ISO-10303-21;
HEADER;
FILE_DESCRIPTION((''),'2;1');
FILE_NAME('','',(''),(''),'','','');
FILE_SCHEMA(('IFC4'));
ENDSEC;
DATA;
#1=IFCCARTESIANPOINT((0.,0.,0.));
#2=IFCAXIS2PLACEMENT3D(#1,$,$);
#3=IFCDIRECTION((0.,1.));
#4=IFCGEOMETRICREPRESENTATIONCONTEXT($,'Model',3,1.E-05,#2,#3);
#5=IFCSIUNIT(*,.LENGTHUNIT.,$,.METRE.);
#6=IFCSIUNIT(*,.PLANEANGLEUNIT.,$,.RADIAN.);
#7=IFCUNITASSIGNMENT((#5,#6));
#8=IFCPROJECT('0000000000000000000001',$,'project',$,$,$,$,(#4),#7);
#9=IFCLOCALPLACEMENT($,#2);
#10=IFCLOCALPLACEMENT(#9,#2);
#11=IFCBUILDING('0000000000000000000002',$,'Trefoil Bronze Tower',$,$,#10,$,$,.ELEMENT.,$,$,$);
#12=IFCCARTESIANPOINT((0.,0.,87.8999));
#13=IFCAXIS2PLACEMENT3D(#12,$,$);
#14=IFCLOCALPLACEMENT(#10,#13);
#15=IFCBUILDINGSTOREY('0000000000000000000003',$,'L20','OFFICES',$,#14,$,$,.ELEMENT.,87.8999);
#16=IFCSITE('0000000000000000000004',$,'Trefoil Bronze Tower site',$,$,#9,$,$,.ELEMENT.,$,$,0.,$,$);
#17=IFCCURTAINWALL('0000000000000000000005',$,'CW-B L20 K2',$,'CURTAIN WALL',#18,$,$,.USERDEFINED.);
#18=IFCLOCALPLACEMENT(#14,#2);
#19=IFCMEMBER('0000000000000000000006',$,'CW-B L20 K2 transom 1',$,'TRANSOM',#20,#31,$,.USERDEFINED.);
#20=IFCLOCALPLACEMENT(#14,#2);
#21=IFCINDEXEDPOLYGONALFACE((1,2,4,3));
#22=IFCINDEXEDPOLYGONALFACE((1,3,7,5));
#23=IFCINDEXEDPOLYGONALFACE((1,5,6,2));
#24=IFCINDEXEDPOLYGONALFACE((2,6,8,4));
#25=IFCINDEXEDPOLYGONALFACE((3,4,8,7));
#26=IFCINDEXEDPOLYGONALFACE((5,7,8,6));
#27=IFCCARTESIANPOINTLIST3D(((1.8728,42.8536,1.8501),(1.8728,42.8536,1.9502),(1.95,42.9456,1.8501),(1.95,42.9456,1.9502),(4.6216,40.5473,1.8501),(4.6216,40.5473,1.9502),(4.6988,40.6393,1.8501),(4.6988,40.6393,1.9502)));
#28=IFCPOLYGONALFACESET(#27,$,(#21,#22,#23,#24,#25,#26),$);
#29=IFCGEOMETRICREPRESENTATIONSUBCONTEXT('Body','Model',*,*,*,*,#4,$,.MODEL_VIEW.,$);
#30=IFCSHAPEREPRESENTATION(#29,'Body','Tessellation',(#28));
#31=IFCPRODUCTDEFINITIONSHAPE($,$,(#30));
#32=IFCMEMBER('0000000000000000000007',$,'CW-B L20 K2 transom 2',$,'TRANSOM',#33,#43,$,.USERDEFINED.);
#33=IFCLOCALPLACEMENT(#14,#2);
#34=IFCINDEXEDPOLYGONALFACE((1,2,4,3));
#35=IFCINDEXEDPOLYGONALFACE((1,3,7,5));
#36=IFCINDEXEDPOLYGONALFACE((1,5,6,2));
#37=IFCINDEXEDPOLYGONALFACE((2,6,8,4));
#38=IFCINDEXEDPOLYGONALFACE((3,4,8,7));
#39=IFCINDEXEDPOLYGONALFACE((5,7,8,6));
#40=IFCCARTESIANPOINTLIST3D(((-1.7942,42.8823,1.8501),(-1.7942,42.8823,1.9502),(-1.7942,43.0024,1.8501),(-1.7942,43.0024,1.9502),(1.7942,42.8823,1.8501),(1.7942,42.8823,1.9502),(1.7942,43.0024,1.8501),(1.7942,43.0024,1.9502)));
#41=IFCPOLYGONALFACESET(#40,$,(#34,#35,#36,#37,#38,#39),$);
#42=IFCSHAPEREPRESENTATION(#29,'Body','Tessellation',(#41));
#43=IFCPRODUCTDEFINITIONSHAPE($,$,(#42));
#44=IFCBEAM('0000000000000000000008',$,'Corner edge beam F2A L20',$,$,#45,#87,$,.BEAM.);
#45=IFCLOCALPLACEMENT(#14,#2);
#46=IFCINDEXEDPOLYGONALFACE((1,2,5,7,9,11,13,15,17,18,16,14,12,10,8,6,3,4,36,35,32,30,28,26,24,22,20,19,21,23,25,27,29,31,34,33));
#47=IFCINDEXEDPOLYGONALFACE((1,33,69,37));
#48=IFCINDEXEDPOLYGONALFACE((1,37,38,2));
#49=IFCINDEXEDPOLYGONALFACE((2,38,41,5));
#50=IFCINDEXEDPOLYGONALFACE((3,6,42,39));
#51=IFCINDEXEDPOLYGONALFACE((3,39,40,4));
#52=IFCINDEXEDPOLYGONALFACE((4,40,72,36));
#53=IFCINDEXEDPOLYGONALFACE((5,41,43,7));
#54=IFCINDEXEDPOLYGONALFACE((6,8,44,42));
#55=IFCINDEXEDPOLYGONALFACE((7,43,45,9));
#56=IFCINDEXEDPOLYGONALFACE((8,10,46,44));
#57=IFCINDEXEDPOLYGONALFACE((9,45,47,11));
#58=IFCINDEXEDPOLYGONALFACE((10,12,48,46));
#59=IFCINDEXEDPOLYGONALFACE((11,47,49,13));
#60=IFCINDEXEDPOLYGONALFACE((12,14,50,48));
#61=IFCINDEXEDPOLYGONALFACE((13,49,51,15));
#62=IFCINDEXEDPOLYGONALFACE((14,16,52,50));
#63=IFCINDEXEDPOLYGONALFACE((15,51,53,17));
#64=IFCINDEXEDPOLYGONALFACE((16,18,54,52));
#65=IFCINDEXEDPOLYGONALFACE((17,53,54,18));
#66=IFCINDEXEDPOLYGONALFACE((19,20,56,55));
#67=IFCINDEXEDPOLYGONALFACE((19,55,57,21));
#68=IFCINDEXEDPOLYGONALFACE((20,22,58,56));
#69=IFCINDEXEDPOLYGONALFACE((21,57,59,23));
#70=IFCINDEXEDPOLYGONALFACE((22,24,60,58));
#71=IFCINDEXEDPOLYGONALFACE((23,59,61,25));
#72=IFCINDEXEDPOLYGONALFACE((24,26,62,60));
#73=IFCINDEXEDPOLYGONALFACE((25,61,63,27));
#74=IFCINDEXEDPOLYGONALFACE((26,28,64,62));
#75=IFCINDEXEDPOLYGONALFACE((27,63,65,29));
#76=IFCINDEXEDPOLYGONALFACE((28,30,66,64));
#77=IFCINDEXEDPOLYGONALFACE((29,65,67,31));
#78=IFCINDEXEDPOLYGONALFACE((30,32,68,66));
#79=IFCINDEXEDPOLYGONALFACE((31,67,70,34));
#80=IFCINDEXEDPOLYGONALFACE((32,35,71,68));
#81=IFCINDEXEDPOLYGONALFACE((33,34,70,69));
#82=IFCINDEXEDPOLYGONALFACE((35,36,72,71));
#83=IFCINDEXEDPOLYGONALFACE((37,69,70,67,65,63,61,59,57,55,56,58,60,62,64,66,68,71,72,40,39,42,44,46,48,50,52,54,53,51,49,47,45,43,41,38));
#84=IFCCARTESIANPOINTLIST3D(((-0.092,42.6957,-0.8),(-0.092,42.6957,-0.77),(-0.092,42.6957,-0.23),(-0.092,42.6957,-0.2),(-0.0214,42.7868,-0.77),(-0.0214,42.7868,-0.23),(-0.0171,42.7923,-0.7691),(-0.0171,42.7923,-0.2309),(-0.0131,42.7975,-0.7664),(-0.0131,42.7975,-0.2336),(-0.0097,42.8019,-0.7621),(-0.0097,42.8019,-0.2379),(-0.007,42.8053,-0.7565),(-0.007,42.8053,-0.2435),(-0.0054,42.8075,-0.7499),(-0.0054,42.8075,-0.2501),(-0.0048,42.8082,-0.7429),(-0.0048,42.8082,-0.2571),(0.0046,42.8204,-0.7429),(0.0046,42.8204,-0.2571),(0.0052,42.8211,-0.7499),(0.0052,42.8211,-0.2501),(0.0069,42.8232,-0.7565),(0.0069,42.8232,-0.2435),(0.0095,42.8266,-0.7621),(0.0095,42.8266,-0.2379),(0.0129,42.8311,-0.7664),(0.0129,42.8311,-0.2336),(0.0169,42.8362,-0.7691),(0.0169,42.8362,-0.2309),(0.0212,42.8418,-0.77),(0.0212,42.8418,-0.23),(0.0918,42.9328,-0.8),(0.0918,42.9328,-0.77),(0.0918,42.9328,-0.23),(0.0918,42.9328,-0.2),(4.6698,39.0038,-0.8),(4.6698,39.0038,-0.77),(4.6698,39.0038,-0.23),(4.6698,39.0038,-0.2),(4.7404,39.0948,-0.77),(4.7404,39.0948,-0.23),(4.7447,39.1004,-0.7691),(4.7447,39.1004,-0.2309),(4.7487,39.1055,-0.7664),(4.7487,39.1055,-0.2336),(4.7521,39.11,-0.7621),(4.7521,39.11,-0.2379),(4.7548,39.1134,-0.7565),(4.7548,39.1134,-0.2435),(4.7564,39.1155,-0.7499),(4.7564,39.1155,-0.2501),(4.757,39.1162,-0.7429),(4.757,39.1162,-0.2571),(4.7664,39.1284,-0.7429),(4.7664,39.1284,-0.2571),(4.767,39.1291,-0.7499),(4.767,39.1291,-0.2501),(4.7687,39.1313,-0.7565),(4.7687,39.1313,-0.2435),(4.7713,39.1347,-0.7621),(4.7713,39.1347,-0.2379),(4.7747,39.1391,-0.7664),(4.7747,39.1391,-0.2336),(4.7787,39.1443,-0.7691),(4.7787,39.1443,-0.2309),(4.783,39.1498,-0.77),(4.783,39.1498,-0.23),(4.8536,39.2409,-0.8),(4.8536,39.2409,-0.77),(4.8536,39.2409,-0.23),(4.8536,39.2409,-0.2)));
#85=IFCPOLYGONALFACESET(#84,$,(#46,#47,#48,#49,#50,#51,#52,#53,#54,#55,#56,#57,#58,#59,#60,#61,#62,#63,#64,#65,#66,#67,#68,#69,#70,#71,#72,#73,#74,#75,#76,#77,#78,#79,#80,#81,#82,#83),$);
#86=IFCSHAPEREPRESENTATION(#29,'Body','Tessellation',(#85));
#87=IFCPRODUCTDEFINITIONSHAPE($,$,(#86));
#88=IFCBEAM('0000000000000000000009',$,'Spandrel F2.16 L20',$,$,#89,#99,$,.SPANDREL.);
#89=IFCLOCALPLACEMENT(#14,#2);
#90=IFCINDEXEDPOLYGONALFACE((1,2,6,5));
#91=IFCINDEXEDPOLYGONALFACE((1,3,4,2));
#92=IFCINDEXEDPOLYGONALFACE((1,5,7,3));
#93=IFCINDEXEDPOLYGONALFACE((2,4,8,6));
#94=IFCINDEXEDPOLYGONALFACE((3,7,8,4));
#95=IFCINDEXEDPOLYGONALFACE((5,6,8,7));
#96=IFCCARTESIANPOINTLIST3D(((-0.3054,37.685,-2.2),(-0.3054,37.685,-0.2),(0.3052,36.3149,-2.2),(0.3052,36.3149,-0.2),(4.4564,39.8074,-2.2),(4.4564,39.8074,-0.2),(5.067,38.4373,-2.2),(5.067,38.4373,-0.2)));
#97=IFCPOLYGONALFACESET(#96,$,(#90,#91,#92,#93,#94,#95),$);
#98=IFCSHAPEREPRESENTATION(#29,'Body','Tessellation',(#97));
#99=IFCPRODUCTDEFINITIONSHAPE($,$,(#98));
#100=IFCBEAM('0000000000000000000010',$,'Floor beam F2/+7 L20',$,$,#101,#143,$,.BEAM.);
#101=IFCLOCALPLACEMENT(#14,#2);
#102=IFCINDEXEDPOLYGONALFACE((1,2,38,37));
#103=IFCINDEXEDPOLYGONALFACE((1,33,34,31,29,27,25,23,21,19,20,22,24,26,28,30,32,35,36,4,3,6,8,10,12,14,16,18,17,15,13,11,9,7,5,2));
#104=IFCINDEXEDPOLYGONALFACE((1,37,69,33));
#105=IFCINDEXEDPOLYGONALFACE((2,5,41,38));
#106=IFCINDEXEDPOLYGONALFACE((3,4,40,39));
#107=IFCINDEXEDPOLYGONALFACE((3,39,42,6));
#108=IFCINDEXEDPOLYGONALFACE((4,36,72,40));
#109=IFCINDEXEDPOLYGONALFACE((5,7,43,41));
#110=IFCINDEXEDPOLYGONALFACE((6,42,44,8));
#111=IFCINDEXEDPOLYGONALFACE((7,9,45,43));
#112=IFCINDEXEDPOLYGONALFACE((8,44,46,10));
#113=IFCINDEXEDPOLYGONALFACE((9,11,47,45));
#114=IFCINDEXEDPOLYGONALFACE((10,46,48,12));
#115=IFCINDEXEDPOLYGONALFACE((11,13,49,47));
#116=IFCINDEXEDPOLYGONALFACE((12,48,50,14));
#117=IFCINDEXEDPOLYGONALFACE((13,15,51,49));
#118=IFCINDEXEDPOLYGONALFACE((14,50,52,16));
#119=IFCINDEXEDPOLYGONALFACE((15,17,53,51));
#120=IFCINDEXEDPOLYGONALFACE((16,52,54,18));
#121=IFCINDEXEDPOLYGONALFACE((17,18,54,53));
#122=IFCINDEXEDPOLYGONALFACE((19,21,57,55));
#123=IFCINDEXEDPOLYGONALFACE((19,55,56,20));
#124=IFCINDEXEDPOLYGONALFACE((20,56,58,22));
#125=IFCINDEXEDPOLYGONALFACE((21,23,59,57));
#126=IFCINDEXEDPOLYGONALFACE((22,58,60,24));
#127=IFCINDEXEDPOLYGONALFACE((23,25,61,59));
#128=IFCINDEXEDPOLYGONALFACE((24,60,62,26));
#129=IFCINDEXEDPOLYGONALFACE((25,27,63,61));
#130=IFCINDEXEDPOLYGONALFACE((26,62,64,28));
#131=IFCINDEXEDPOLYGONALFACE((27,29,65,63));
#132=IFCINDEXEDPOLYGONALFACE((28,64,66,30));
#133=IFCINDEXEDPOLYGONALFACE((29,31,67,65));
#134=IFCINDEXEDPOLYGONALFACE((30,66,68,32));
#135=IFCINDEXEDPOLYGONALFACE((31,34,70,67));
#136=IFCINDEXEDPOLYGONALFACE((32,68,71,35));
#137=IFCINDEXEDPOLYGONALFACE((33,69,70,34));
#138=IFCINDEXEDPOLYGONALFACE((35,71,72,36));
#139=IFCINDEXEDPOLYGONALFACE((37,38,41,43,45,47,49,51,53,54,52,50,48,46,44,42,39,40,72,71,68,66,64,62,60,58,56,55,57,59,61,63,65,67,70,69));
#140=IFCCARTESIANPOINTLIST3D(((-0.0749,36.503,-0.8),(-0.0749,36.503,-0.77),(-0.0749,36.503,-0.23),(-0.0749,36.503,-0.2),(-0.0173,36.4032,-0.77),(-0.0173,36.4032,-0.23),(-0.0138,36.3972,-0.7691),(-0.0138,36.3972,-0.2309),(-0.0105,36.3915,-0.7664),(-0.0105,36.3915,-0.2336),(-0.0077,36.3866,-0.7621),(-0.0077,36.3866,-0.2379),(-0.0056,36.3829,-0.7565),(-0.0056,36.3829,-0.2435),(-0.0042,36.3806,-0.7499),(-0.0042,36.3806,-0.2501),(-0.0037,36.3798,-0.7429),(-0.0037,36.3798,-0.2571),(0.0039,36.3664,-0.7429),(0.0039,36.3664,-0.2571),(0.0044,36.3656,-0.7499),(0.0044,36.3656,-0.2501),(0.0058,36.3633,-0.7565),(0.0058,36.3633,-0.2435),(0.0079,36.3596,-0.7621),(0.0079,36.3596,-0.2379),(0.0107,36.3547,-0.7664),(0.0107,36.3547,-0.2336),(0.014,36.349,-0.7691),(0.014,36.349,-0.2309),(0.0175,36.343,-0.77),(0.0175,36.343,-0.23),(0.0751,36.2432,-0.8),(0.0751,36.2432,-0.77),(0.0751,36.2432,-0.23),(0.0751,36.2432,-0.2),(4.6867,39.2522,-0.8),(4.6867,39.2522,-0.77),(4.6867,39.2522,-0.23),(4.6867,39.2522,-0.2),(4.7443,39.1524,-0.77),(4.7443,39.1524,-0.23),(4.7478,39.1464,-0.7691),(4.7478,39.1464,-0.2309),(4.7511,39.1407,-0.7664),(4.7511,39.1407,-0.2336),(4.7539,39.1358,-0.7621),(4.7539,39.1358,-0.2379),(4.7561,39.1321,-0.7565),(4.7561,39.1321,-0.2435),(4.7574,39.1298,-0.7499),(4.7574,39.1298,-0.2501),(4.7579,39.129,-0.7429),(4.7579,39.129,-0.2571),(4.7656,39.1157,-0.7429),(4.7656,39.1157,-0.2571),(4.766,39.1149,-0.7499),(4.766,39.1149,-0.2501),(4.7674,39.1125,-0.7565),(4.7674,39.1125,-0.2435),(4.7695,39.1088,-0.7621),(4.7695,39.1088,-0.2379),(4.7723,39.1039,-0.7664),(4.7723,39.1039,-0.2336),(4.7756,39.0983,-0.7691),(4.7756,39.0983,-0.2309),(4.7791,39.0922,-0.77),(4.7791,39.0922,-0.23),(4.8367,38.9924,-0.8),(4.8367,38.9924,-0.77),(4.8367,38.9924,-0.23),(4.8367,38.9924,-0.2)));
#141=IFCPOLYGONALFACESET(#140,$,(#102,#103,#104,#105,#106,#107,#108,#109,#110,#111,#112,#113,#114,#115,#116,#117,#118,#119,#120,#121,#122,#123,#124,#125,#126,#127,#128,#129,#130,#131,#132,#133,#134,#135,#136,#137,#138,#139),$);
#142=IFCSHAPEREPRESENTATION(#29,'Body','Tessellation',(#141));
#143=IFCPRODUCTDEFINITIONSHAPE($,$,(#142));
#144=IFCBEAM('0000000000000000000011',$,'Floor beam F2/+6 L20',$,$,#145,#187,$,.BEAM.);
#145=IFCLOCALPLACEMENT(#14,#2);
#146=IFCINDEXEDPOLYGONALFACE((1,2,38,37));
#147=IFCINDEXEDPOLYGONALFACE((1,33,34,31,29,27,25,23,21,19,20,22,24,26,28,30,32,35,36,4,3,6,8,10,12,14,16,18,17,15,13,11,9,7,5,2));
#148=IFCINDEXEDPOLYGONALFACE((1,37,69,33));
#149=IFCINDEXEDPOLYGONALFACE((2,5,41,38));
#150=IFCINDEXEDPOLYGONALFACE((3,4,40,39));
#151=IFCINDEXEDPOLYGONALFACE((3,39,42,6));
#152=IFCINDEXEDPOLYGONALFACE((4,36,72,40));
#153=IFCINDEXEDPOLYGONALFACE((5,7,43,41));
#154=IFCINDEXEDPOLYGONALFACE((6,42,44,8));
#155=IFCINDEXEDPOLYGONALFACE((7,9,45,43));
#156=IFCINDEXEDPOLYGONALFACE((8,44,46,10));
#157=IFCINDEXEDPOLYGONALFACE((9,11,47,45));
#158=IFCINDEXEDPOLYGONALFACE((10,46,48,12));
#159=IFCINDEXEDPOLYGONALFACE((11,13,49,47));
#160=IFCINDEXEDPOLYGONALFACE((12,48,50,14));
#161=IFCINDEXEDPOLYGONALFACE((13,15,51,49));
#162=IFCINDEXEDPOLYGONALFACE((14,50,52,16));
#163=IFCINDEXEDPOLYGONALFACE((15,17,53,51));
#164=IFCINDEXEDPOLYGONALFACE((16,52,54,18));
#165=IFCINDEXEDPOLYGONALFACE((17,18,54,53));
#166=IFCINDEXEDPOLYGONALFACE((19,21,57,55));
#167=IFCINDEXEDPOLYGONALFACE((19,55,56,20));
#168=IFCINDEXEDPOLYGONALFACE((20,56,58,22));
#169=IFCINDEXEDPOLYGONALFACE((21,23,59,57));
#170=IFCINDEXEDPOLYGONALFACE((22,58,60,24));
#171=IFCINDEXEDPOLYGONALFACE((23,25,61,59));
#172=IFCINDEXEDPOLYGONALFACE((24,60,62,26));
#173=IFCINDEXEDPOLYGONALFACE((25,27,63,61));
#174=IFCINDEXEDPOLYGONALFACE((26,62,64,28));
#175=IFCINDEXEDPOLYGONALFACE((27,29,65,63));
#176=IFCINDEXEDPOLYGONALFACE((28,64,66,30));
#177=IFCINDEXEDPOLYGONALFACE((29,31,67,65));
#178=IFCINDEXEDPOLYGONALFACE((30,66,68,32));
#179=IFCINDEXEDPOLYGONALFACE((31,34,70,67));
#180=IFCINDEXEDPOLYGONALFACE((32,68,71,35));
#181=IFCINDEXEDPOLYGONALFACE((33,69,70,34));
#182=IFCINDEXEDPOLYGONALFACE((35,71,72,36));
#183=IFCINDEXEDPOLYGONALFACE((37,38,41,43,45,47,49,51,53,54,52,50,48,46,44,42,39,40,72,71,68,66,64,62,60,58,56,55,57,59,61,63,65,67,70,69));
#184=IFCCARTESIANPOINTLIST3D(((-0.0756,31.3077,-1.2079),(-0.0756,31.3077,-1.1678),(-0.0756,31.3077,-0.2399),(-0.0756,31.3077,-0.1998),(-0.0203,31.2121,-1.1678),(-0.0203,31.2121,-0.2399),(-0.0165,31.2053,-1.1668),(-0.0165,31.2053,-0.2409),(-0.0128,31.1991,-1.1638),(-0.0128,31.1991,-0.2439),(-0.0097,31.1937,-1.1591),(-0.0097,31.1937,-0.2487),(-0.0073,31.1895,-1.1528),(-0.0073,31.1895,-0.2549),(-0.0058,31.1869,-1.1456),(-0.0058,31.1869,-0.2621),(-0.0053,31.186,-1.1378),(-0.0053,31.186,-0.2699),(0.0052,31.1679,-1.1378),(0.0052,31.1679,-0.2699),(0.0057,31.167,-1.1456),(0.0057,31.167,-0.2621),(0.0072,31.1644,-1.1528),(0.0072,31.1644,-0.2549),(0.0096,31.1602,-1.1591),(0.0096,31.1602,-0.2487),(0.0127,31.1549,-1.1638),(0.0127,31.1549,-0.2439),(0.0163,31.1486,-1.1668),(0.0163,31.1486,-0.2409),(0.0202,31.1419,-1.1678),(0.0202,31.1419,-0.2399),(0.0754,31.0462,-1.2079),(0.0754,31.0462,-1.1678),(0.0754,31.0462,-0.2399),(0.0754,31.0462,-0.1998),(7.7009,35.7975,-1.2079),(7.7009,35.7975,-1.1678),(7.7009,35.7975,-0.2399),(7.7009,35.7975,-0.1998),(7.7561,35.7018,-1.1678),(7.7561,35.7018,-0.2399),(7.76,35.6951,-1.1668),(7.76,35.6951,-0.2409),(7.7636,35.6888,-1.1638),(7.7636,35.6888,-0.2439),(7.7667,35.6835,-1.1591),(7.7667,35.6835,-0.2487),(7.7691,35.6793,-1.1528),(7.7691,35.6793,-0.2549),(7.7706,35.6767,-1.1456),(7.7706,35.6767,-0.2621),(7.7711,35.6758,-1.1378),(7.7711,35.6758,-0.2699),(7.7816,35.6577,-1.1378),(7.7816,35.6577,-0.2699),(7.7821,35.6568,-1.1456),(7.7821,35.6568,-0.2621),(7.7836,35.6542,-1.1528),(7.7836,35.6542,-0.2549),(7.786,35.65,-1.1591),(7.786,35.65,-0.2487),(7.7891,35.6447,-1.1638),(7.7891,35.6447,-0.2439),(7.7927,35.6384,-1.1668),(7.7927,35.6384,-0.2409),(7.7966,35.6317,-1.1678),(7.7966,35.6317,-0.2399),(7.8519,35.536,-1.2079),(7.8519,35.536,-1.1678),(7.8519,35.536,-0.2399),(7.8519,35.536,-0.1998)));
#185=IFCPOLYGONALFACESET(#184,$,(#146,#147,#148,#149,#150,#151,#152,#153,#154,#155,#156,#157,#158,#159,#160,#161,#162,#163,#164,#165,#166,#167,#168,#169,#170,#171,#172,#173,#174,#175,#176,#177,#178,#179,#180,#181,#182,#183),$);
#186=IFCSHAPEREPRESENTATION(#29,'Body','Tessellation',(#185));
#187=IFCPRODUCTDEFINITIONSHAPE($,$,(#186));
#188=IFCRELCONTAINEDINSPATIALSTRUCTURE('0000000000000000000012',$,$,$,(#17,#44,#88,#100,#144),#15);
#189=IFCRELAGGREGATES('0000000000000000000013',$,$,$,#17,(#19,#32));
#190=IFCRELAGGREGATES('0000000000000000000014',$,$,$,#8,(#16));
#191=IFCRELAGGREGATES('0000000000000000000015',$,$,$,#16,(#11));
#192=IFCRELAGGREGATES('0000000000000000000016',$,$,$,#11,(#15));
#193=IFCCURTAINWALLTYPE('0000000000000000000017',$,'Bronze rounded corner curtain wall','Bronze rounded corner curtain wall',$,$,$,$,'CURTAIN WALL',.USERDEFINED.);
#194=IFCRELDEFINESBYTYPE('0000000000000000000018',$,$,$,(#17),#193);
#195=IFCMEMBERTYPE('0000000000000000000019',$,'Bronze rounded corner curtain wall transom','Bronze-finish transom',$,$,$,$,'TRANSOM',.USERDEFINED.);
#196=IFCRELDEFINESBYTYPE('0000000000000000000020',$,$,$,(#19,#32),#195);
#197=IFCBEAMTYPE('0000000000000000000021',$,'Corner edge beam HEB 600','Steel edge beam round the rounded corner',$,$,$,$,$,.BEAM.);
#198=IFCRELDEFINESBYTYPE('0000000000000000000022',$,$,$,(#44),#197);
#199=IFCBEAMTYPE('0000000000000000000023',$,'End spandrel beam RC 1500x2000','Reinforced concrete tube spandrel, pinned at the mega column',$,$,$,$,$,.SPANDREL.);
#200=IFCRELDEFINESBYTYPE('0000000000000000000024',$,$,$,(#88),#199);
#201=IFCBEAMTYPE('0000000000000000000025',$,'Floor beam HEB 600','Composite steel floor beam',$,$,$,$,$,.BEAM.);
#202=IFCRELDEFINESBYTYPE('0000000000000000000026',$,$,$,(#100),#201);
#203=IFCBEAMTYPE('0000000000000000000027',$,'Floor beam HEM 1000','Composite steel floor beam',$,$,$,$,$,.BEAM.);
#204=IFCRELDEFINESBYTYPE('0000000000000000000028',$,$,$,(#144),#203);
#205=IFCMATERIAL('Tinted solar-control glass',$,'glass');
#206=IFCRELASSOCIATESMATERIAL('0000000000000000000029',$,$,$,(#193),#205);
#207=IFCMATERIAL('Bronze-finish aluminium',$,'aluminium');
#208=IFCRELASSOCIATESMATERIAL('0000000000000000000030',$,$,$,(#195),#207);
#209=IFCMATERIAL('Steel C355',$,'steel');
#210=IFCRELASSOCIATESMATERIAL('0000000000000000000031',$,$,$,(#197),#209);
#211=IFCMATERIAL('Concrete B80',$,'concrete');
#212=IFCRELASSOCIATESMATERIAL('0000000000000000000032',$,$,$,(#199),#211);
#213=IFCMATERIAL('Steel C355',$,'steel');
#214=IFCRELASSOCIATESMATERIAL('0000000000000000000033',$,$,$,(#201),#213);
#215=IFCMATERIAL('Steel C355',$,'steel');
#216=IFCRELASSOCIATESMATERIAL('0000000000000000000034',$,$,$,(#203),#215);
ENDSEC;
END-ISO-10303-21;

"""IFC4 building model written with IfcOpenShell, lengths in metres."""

from ifc_helpers import new_model, si_unit, direction, frame, origin, origin_2d, place, context, subcontext, project, spatial, rectangle, i_section, extrude, material, material_profile, profile_set, type_object, element, aggregate, save


model = new_model("IFC4")

# Units and contexts
model_context = context("Model", 3, precision=1e-05, world=origin(), true_north=direction((0.0, 1.0)))
body_context = subcontext(model_context, "Body", "Model", "MODEL_VIEW")
ifc_project = project(units=[si_unit("LENGTHUNIT", "METRE"), si_unit("PLANEANGLEUNIT", "RADIAN")], contexts=[model_context])

# Site, building, storey
site_placement = place(None, origin())
site = spatial("IfcSite", under=ifc_project, at=site_placement, Name="Trefoil Bronze Tower site", CompositionType="ELEMENT", RefElevation=0.0)
building_placement = place(site_placement, origin())
building = spatial("IfcBuilding", under=site, at=building_placement, Name="Trefoil Bronze Tower", CompositionType="ELEMENT")
storey_placement = place(building_placement, frame((0.0, 0.0, 87.8999)))
storey = spatial("IfcBuildingStorey", under=building, at=storey_placement, Name="L20", Description="OFFICES", CompositionType="ELEMENT", Elevation=87.8999)

# Curtain wall, members
ifc_material_1 = material(Name="Tinted solar-control glass", Category="glass")
curtain_wall_type_1 = type_object("IfcCurtainWallType", Name="Bronze rounded corner curtain wall", Description="Bronze rounded corner curtain wall", ElementType="CURTAIN WALL", PredefinedType="USERDEFINED", material=ifc_material_1)
curtain_wall_1_placement = place(storey_placement, origin())
curtain_wall_1 = element("IfcCurtainWall", 1, at=curtain_wall_1_placement, inside=storey, type_object=curtain_wall_type_1, Name="CW-B L20 K2", ObjectType="CURTAIN WALL", PredefinedType="USERDEFINED")
ifc_material_2 = material(Name="Bronze-finish aluminium", Category="aluminium")
ifc_material_profile_1 = material_profile(ifc_material_2, rectangle(XDim=0.1201, YDim=0.1001, at=origin_2d()), Name="CW-B transom")
ifc_profile_set_1 = profile_set([ifc_material_profile_1], Name="Bronze-finish aluminium")
member_type_1 = type_object("IfcMemberType", Name="Bronze rounded corner curtain wall transom", Description="Bronze-finish transom", ElementType="TRANSOM", PredefinedType="USERDEFINED", material=ifc_profile_set_1)
member_1_placement = place(storey_placement, frame((4.6602, 40.5933, 1.9001), z_axis=(-0.766059, 0.642771, 0.0), x_axis=(-0.642771, -0.766059, 0.0)))
member_1 = element("IfcMember", 2, at=member_1_placement, type_object=member_type_1, Name="CW-B L20 K2 transom 1", ObjectType="TRANSOM", PredefinedType="USERDEFINED", context=body_context, shape_type="SweptSolid", body=[
    extrude(rectangle(XDim=0.1201, YDim=0.1001, at=origin_2d()), origin(), (0.0, 0.0, 1.0), 3.5881),
])
member_2_placement = place(storey_placement, frame((1.7942, 42.9424, 1.9001), z_axis=(-1.0, 0.0, 0.0), x_axis=(0.0, -1.0, 0.0)))
member_2 = element("IfcMember", 3, at=member_2_placement, type_object=member_type_1, Name="CW-B L20 K2 transom 2", ObjectType="TRANSOM", PredefinedType="USERDEFINED", context=body_context, shape_type="SweptSolid", body=[
    extrude(rectangle(XDim=0.1201, YDim=0.1001, at=origin_2d()), origin(), (0.0, 0.0, 1.0), 3.5884),
])

# Beams
ifc_material_3 = material(Name="Steel C355", Category="steel")
ifc_material_profile_2 = material_profile(ifc_material_3, i_section(OverallWidth=0.3, OverallDepth=0.6001, WebThickness=0.0154, FlangeThickness=0.03, FilletRadius=0.0271, at=origin_2d()), Name="HEB 600")
ifc_profile_set_2 = profile_set([ifc_material_profile_2], Name="Steel C355")
beam_type_1 = type_object("IfcBeamType", Name="Corner edge beam HEB 600", Description="Steel edge beam round the rounded corner", PredefinedType="BEAM", material=ifc_profile_set_2)
beam_1_placement = place(storey_placement, frame((4.7617, 39.1223, -0.5), z_axis=(-0.790289, 0.612734, 0.0), x_axis=(-0.612734, -0.790289, 0.0)))
element("IfcBeam", 4, at=beam_1_placement, inside=storey, type_object=beam_type_1, Name="Corner edge beam F2A L20", PredefinedType="BEAM", context=body_context, shape_type="SweptSolid", body=[
    extrude(i_section(OverallWidth=0.3, OverallDepth=0.6001, WebThickness=0.0154, FlangeThickness=0.03, FilletRadius=0.0271, at=origin_2d()), origin(), (0.0, 0.0, 1.0), 6.0254),
])
ifc_material_4 = material(Name="Concrete B80", Category="concrete")
ifc_material_profile_3 = material_profile(ifc_material_4, rectangle(XDim=1.5, YDim=2.0, at=origin_2d()), Name="RC 1500x2000")
ifc_profile_set_3 = profile_set([ifc_material_profile_3], Name="Concrete B80")
beam_type_2 = type_object("IfcBeamType", Name="End spandrel beam RC 1500x2000", Description="Reinforced concrete tube spandrel, pinned at the mega column", PredefinedType="SPANDREL", material=ifc_profile_set_3)
beam_2_placement = place(storey_placement, frame((4.7617, 39.1223, -1.2), z_axis=(-0.913384, -0.407099, 0.0), x_axis=(0.407099, -0.913384, 0.0)))
element("IfcBeam", 5, at=beam_2_placement, inside=storey, type_object=beam_type_2, Name="Spandrel F2.16 L20", PredefinedType="SPANDREL", context=body_context, shape_type="SweptSolid", body=[
    extrude(rectangle(XDim=1.5, YDim=2.0, at=origin_2d()), origin(), (0.0, 0.0, 1.0), 5.2134),
])
ifc_material_5 = material(Name="Steel C355", Category="steel")
ifc_material_profile_4 = material_profile(ifc_material_5, i_section(OverallWidth=0.3, OverallDepth=0.6001, WebThickness=0.0154, FlangeThickness=0.03, FilletRadius=0.0271, at=origin_2d()), Name="HEB 600")
ifc_profile_set_4 = profile_set([ifc_material_profile_4], Name="Steel C355")
beam_type_3 = type_object("IfcBeamType", Name="Floor beam HEB 600", Description="Composite steel floor beam", PredefinedType="BEAM", material=ifc_profile_set_4)
beam_3_placement = place(storey_placement, frame((4.7617, 39.1223, -0.5), z_axis=(-0.866018, -0.500012, 0.0), x_axis=(0.500012, -0.866018, 0.0)))
element("IfcBeam", 6, at=beam_3_placement, inside=storey, type_object=beam_type_3, Name="Floor beam F2/+7 L20", PredefinedType="BEAM", context=body_context, shape_type="SweptSolid", body=[
    extrude(i_section(OverallWidth=0.3, OverallDepth=0.6001, WebThickness=0.0154, FlangeThickness=0.03, FilletRadius=0.0271, at=origin_2d()), origin(), (0.0, 0.0, 1.0), 5.4983),
])
ifc_material_6 = material(Name="Steel C355", Category="steel")
ifc_material_profile_5 = material_profile(ifc_material_6, i_section(OverallWidth=0.302, OverallDepth=1.0081, WebThickness=0.021, FlangeThickness=0.04, FilletRadius=0.03, at=origin_2d()), Name="HEM 1000")
ifc_profile_set_5 = profile_set([ifc_material_profile_5], Name="Steel C355")
beam_type_4 = type_object("IfcBeamType", Name="Floor beam HEM 1000", Description="Composite steel floor beam", PredefinedType="BEAM", material=ifc_profile_set_5)
beam_4_placement = place(storey_placement, frame((7.7764, 35.6667, -0.7039), z_axis=(-0.866023, -0.500005, 0.0), x_axis=(0.500005, -0.866023, 0.0)))
element("IfcBeam", 7, at=beam_4_placement, inside=storey, type_object=beam_type_4, Name="Floor beam F2/+6 L20", PredefinedType="BEAM", context=body_context, shape_type="SweptSolid", body=[
    extrude(i_section(OverallWidth=0.302, OverallDepth=1.0081, WebThickness=0.021, FlangeThickness=0.04, FilletRadius=0.03, at=origin_2d()), origin(), (0.0, 0.0, 1.0), 8.9795),
])

aggregate(curtain_wall_1, [member_1, member_2])

save(model, "model.ifc")
